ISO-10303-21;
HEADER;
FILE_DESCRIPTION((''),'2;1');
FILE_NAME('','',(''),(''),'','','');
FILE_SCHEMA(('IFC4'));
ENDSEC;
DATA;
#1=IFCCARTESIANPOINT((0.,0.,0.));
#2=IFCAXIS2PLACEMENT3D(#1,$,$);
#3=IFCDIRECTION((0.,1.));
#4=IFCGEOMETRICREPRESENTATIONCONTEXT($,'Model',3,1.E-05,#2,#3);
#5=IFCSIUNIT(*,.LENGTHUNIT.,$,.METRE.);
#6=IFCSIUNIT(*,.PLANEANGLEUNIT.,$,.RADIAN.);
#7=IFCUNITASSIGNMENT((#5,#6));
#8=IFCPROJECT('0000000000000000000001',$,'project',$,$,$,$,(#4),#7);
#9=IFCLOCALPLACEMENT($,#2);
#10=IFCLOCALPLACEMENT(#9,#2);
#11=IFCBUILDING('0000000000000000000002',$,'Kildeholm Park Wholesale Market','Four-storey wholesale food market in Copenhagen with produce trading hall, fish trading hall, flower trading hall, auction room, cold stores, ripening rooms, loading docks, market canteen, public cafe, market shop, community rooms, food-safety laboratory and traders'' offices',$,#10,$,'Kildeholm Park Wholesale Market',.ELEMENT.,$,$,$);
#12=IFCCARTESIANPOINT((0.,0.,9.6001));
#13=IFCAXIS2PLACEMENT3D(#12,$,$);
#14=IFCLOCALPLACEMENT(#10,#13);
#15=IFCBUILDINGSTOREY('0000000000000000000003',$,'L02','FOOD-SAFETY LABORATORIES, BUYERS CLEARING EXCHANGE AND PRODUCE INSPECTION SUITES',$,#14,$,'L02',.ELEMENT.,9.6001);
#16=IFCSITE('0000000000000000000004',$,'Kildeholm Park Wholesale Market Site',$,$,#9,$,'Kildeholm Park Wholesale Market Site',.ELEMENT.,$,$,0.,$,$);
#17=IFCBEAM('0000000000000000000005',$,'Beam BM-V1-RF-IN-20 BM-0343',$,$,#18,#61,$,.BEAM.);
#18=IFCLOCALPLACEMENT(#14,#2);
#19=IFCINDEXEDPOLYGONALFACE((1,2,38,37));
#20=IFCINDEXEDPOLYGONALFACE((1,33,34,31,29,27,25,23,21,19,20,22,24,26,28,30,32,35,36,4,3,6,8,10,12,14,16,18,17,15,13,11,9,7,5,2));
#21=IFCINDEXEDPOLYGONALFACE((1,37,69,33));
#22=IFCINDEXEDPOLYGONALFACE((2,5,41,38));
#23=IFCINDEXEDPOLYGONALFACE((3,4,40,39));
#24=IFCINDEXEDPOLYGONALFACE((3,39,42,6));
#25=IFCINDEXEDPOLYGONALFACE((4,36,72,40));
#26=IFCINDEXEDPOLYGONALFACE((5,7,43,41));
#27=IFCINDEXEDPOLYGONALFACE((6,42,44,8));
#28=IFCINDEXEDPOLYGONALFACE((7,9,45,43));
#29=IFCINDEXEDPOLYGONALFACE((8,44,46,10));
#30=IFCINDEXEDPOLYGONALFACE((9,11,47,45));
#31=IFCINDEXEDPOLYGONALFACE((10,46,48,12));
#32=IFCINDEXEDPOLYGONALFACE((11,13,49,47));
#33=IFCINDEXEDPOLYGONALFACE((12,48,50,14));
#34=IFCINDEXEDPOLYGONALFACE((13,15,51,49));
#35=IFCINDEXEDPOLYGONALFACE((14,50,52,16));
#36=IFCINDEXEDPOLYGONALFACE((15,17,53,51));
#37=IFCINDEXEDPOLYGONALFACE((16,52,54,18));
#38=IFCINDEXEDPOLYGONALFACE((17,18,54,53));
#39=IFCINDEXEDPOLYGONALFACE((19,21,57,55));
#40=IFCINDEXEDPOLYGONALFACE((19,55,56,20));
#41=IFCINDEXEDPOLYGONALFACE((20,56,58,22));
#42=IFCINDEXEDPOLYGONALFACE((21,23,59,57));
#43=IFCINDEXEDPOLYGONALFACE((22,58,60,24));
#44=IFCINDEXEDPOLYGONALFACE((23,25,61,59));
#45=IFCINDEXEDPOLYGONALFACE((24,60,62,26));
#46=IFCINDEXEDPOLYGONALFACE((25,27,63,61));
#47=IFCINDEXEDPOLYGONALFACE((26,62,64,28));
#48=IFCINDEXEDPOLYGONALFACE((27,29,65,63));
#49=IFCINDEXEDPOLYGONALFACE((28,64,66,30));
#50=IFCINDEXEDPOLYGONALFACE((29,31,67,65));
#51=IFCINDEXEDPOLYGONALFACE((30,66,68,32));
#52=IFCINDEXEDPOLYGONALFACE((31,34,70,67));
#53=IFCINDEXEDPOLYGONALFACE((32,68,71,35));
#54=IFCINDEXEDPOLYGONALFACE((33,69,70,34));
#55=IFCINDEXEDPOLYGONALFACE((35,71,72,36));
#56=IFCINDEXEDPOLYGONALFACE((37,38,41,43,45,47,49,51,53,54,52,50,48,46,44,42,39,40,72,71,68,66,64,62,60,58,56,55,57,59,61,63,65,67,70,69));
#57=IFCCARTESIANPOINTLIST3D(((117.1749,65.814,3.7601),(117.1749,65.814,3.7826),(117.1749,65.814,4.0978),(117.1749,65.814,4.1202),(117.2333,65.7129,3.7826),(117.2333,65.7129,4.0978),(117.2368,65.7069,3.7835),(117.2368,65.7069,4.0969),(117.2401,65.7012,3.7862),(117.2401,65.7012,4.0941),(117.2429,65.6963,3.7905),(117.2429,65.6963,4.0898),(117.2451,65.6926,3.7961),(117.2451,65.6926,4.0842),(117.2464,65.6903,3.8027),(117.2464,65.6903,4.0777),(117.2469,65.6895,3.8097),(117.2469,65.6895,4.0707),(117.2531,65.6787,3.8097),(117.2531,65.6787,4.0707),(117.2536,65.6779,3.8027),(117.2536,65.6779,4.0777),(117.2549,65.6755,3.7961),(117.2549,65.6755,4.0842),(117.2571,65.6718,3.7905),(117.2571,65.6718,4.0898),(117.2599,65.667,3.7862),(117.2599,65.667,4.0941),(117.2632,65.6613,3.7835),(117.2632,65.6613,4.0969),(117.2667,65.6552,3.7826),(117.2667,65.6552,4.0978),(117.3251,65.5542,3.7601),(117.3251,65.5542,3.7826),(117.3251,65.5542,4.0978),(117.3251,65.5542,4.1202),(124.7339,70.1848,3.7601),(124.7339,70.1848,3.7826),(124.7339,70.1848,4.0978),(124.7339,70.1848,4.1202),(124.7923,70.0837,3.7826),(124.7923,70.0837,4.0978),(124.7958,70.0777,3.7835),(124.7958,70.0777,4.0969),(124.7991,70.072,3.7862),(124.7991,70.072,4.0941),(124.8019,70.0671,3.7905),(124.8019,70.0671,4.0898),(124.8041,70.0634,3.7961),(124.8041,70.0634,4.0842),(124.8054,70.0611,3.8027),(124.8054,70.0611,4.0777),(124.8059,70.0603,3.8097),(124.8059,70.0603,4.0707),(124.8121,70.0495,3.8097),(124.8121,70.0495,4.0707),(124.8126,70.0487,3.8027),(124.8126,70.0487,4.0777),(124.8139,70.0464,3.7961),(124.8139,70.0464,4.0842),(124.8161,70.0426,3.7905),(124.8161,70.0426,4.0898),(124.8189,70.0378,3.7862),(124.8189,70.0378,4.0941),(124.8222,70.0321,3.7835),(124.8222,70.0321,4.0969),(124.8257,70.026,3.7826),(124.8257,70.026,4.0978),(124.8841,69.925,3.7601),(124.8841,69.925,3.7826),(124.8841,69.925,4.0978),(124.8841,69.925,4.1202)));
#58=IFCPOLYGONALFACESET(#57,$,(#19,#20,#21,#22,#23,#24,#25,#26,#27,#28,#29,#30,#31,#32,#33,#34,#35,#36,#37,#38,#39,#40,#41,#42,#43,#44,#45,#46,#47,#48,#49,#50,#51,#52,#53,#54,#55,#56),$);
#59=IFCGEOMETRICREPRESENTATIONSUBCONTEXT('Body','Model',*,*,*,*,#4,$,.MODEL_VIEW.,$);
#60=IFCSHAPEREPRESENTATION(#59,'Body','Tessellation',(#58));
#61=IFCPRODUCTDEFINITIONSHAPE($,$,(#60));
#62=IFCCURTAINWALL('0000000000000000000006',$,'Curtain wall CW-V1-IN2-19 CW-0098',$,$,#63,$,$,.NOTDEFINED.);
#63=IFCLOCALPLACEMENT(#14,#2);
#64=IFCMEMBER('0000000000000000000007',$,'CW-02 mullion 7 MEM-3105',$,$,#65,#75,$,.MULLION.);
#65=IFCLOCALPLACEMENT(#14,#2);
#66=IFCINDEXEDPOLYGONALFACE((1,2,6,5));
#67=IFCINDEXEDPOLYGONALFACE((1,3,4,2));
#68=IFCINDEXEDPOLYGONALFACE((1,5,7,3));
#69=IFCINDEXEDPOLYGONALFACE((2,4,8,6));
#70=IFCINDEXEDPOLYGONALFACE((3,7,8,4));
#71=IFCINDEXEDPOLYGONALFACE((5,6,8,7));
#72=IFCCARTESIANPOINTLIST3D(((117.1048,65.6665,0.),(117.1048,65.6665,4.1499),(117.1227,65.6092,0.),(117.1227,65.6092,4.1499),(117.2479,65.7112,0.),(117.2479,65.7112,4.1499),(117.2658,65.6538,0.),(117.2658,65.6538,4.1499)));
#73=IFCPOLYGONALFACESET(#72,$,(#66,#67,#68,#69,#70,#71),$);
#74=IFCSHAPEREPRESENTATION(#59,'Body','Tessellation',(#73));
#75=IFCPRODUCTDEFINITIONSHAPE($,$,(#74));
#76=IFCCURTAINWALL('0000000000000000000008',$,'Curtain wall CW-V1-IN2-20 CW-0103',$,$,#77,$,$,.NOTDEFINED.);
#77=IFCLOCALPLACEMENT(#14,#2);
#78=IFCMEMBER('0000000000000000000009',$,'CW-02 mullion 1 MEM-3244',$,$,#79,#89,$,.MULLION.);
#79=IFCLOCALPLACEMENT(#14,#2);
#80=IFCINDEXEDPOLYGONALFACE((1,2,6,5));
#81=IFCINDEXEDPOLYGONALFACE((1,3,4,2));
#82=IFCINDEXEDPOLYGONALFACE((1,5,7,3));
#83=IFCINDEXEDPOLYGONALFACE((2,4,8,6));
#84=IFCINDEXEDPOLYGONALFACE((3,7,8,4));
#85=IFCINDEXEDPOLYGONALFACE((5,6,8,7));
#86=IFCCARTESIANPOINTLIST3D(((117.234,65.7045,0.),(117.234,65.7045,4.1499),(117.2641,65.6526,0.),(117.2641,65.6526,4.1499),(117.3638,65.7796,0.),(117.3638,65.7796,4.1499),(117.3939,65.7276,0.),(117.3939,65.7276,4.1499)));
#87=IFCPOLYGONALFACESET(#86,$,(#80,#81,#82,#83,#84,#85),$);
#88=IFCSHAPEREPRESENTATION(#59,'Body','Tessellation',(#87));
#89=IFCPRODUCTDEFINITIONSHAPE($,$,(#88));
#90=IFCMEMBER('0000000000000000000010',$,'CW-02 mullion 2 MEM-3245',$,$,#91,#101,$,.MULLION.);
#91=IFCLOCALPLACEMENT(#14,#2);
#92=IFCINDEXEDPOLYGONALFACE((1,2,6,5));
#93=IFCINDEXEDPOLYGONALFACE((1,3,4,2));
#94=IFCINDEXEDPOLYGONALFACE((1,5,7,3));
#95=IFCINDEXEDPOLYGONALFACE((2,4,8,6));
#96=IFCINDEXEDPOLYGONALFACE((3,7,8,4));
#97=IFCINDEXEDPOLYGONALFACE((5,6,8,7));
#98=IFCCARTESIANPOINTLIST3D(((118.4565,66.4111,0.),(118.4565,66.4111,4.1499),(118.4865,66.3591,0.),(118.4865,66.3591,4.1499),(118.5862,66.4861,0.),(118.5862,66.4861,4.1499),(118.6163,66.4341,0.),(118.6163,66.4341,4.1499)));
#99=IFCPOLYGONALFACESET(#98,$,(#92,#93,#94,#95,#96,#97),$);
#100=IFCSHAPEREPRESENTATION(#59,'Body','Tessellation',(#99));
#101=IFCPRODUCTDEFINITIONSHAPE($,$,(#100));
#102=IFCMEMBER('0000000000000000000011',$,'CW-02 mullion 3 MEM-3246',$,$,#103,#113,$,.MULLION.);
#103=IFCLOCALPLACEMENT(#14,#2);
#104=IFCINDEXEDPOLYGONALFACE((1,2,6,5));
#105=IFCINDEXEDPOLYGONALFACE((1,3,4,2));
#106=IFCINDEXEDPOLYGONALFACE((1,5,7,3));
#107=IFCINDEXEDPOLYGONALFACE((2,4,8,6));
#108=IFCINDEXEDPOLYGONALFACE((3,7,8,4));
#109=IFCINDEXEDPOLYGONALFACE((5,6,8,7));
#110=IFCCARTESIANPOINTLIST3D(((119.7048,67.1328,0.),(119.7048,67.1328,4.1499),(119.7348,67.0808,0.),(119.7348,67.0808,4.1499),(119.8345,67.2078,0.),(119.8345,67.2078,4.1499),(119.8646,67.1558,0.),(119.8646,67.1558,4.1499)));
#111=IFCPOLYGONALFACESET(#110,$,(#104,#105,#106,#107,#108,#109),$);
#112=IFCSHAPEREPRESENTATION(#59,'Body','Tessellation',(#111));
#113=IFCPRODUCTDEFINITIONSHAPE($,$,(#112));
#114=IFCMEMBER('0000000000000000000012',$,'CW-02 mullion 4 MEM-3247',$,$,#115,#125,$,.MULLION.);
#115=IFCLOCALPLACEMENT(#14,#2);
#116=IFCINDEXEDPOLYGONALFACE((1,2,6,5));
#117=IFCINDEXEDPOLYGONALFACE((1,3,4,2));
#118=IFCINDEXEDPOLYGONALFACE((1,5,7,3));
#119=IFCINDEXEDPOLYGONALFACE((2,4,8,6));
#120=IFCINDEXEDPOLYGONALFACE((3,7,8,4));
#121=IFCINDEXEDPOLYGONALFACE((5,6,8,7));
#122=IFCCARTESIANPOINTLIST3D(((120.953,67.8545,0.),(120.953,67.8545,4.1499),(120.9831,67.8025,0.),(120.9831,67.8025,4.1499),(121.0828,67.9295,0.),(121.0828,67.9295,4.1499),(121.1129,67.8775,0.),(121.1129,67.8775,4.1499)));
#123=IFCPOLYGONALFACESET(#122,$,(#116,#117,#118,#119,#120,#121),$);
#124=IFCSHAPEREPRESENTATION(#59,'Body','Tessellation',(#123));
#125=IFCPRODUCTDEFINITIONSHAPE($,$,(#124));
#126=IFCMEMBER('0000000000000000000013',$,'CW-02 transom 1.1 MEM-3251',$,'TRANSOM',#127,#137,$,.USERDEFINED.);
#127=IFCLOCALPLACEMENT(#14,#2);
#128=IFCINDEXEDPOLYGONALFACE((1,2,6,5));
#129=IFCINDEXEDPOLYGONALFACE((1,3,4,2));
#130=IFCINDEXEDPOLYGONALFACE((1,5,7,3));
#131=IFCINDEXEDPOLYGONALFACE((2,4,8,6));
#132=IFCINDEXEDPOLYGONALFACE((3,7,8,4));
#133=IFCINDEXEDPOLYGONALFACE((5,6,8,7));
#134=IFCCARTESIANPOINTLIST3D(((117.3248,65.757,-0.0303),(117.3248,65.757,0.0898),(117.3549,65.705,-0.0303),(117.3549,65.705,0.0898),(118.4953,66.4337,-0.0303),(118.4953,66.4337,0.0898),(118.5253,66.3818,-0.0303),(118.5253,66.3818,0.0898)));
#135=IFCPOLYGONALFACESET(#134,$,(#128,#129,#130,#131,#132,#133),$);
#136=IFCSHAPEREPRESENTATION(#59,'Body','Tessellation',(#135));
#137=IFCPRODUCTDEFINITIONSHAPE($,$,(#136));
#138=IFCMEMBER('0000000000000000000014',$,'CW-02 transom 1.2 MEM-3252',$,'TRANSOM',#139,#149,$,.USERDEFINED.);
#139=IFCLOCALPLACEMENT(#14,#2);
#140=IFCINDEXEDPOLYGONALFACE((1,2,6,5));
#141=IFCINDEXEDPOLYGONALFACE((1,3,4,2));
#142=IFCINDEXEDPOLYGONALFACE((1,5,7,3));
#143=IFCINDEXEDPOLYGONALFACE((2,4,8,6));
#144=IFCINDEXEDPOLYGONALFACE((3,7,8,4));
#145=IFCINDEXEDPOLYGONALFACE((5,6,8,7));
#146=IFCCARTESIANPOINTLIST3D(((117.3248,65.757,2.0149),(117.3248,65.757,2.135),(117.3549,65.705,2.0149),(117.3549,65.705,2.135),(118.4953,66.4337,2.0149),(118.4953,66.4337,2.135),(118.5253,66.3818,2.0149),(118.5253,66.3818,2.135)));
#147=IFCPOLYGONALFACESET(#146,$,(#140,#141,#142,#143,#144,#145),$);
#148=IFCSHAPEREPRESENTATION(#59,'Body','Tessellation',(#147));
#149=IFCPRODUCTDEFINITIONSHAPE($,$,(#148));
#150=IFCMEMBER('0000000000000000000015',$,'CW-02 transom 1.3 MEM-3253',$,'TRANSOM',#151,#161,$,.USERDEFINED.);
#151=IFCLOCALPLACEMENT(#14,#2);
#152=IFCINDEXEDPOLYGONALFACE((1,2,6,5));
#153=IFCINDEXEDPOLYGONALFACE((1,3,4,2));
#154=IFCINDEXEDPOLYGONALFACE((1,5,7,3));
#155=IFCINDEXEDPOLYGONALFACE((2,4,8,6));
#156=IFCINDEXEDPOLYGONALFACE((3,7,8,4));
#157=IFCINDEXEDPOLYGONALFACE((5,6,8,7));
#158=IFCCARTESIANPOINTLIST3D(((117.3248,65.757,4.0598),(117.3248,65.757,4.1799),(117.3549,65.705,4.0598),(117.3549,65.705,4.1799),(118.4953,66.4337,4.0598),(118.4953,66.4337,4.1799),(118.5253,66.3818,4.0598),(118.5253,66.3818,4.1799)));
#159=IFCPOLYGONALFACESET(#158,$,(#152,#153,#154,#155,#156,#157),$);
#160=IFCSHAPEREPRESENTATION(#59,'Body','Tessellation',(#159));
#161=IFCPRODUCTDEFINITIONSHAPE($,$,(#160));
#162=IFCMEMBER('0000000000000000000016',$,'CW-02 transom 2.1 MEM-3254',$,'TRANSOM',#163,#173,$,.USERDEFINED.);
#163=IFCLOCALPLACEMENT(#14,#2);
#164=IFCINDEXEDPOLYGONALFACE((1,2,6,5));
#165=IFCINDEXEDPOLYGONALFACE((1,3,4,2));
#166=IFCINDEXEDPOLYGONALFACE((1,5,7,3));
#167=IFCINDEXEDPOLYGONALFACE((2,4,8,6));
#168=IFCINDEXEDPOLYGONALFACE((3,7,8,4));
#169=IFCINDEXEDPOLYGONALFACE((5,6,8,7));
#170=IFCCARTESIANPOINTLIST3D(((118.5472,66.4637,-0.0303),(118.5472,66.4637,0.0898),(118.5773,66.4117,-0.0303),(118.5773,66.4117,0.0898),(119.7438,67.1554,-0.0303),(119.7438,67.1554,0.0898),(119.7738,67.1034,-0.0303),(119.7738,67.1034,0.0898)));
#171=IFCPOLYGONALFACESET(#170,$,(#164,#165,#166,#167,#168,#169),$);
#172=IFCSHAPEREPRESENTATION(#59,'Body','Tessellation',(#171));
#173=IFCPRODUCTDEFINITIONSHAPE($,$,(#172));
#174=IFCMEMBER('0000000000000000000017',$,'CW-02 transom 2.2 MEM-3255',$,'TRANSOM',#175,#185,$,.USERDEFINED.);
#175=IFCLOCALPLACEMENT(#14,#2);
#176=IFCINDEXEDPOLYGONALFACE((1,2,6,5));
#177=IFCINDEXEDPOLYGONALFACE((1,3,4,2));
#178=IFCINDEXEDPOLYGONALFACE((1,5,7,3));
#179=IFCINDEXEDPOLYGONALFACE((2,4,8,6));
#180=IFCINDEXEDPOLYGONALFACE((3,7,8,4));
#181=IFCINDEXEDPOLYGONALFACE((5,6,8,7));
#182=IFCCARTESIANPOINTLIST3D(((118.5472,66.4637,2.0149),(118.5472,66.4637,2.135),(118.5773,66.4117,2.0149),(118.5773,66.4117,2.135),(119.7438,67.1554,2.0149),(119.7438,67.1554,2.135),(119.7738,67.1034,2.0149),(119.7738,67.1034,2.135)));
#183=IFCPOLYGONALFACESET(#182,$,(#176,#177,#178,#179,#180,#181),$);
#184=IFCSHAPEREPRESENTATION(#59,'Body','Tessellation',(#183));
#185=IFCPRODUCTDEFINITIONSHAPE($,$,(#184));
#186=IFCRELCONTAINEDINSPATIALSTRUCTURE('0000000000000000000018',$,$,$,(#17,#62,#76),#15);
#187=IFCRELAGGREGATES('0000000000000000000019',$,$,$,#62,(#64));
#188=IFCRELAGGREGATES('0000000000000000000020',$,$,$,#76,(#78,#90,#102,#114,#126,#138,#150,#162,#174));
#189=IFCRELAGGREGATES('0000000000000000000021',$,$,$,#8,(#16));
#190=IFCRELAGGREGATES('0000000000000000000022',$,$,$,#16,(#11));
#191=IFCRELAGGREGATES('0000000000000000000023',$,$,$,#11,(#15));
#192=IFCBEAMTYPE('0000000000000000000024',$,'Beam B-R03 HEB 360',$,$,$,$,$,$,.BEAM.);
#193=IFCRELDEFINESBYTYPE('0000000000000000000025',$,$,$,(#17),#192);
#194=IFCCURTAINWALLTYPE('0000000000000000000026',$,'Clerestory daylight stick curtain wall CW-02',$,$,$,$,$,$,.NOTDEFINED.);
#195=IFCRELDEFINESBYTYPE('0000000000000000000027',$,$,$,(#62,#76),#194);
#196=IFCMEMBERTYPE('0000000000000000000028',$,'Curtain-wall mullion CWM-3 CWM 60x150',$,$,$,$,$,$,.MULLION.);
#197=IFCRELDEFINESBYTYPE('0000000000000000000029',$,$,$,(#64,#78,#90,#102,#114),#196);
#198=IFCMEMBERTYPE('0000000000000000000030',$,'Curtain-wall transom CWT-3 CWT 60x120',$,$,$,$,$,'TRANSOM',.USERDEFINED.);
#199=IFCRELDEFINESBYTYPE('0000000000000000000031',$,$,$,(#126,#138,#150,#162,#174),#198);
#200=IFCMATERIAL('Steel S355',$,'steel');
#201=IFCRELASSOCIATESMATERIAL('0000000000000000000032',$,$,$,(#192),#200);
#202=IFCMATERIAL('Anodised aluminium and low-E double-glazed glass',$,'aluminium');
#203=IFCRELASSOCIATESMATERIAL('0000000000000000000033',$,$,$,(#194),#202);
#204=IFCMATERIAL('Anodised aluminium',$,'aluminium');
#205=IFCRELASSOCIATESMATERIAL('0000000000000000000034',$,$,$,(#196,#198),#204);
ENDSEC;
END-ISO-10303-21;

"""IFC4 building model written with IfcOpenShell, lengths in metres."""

from ifc_helpers import new_model, si_unit, direction, frame, origin, origin_2d, place, context, subcontext, project, spatial, rectangle, i_section, extrude, material, material_profile, profile_set, type_object, element, aggregate, save


model = new_model("IFC4")

# Units and contexts
model_context = context("Model", 3, precision=1e-05, world=origin(), true_north=direction((0.0, 1.0)))
body_context = subcontext(model_context, "Body", "Model", "MODEL_VIEW")
ifc_project = project(units=[si_unit("LENGTHUNIT", "METRE"), si_unit("PLANEANGLEUNIT", "RADIAN")], contexts=[model_context])

# Site, building, storey
site_placement = place(None, origin())
site = spatial("IfcSite", under=ifc_project, at=site_placement, Name="Kildeholm Park Wholesale Market Site", LongName="Kildeholm Park Wholesale Market Site", CompositionType="ELEMENT", RefElevation=0.0)
building_placement = place(site_placement, origin())
building = spatial("IfcBuilding", under=site, at=building_placement, Name="Kildeholm Park Wholesale Market", Description="Four-storey wholesale food market in Copenhagen with produce trading hall, fish trading hall, flower trading hall, auction room, cold stores, ripening rooms, loading docks, market canteen, public cafe, market shop, community rooms, food-safety laboratory and traders' offices", LongName="Kildeholm Park Wholesale Market", CompositionType="ELEMENT")
storey_placement = place(building_placement, frame((0.0, 0.0, 9.6001)))
storey = spatial("IfcBuildingStorey", under=building, at=storey_placement, Name="L02", Description="FOOD-SAFETY LABORATORIES, BUYERS CLEARING EXCHANGE AND PRODUCE INSPECTION SUITES", LongName="L02", CompositionType="ELEMENT", Elevation=9.6001)

# Shared definitions
ifc_material_1 = material(Name="Steel S355", Category="steel")

# Beam
ifc_material_profile_1 = material_profile(ifc_material_1, i_section(OverallWidth=0.3, OverallDepth=0.3601, WebThickness=0.0125, FlangeThickness=0.0225, FilletRadius=0.0271, at=origin_2d()), Name="HEB 360")
ifc_profile_set_1 = profile_set([ifc_material_profile_1], Name="Steel S355")
beam_type_1 = type_object("IfcBeamType", Name="Beam B-R03 HEB 360", PredefinedType="BEAM", material=ifc_profile_set_1)
beam_1_placement = place(storey_placement, frame((117.25, 65.6841, 3.9402), z_axis=(0.865697, 0.500568, 0.0), x_axis=(-0.500568, 0.865697, 0.0)))
element("IfcBeam", 1, at=beam_1_placement, inside=storey, type_object=beam_type_1, Name="Beam BM-V1-RF-IN-20 BM-0343", PredefinedType="BEAM", context=body_context, shape_type="SweptSolid", body=[
    extrude(i_section(OverallWidth=0.3, OverallDepth=0.3601, WebThickness=0.0125, FlangeThickness=0.0225, FilletRadius=0.0271, at=origin_2d()), origin(), (0.0, 0.0, 1.0), 8.7317),
])

# Curtain wall, member
ifc_material_2 = material(Name="Anodised aluminium and low-E double-glazed glass", Category="aluminium")
curtain_wall_type = type_object("IfcCurtainWallType", Name="Clerestory daylight stick curtain wall CW-02", PredefinedType="NOTDEFINED", material=ifc_material_2)
curtain_wall_1_placement = place(storey_placement, origin())
curtain_wall_1 = element("IfcCurtainWall", 2, at=curtain_wall_1_placement, inside=storey, type_object=curtain_wall_type, Name="Curtain wall CW-V1-IN2-19 CW-0098", PredefinedType="NOTDEFINED")
ifc_material_3 = material(Name="Anodised aluminium", Category="aluminium")
ifc_material_profile_2 = material_profile(ifc_material_3, rectangle(XDim=0.0601, YDim=0.1499, at=origin_2d()), Name="CWM 60x150")
ifc_profile_set_2 = profile_set([ifc_material_profile_2], Name="Anodised aluminium")
member_type_1 = type_object("IfcMemberType", Name="Curtain-wall mullion CWM-3 CWM 60x150", PredefinedType="MULLION", material=ifc_profile_set_2)
member_1_placement = place(storey_placement, frame((117.1853, 65.6602, 0.0), z_axis=(0.0, 0.0, 1.0), x_axis=(-0.297957, 0.954579, 0.0)))
member_1 = element("IfcMember", 3, at=member_1_placement, type_object=member_type_1, Name="CW-02 mullion 7 MEM-3105", PredefinedType="MULLION", context=body_context, shape_type="SweptSolid", body=[
    extrude(rectangle(XDim=0.0601, YDim=0.1499, at=origin_2d()), origin(), (0.0, 0.0, 1.0), 4.1499),
])

# Curtain wall, members
curtain_wall_2_placement = place(storey_placement, origin())
curtain_wall_2 = element("IfcCurtainWall", 4, at=curtain_wall_2_placement, inside=storey, type_object=curtain_wall_type, Name="Curtain wall CW-V1-IN2-20 CW-0103", PredefinedType="NOTDEFINED")
member_2_placement = place(storey_placement, frame((117.314, 65.7161, 0.0), z_axis=(0.0, 0.0, 1.0), x_axis=(-0.500489, 0.865743, 0.0)))
member_2 = element("IfcMember", 5, at=member_2_placement, type_object=member_type_1, Name="CW-02 mullion 1 MEM-3244", PredefinedType="MULLION", context=body_context, shape_type="SweptSolid", body=[
    extrude(rectangle(XDim=0.0601, YDim=0.1499, at=origin_2d()), origin(), (0.0, 0.0, 1.0), 4.1499),
])
member_3_placement = place(storey_placement, frame((118.5364, 66.4226, 0.0), z_axis=(0.0, 0.0, 1.0), x_axis=(-0.500489, 0.865743, 0.0)))
member_3 = element("IfcMember", 6, at=member_3_placement, type_object=member_type_1, Name="CW-02 mullion 2 MEM-3245", PredefinedType="MULLION", context=body_context, shape_type="SweptSolid", body=[
    extrude(rectangle(XDim=0.0601, YDim=0.1499, at=origin_2d()), origin(), (0.0, 0.0, 1.0), 4.1499),
])
member_4_placement = place(storey_placement, frame((119.7847, 67.1443, 0.0), z_axis=(0.0, 0.0, 1.0), x_axis=(-0.500489, 0.865743, 0.0)))
member_4 = element("IfcMember", 7, at=member_4_placement, type_object=member_type_1, Name="CW-02 mullion 3 MEM-3246", PredefinedType="MULLION", context=body_context, shape_type="SweptSolid", body=[
    extrude(rectangle(XDim=0.0601, YDim=0.1499, at=origin_2d()), origin(), (0.0, 0.0, 1.0), 4.1499),
])
member_5_placement = place(storey_placement, frame((121.033, 67.866, 0.0), z_axis=(0.0, 0.0, 1.0), x_axis=(-0.500489, 0.865743, 0.0)))
member_5 = element("IfcMember", 8, at=member_5_placement, type_object=member_type_1, Name="CW-02 mullion 4 MEM-3247", PredefinedType="MULLION", context=body_context, shape_type="SweptSolid", body=[
    extrude(rectangle(XDim=0.0601, YDim=0.1499, at=origin_2d()), origin(), (0.0, 0.0, 1.0), 4.1499),
])
ifc_material_profile_3 = material_profile(ifc_material_3, rectangle(XDim=0.0601, YDim=0.1201, at=origin_2d()), Name="CWT 60x120")
ifc_profile_set_3 = profile_set([ifc_material_profile_3], Name="Anodised aluminium")
member_type_2 = type_object("IfcMemberType", Name="Curtain-wall transom CWT-3 CWT 60x120", ElementType="TRANSOM", PredefinedType="USERDEFINED", material=ifc_profile_set_3)
member_6_placement = place(storey_placement, frame((117.3398, 65.731, 0.0298), z_axis=(0.865698, 0.500566, 0.0), x_axis=(-0.500566, 0.865698, 0.0)))
member_6 = element("IfcMember", 9, at=member_6_placement, type_object=member_type_2, Name="CW-02 transom 1.1 MEM-3251", ObjectType="TRANSOM", PredefinedType="USERDEFINED", context=body_context, shape_type="SweptSolid", body=[
    extrude(rectangle(XDim=0.0601, YDim=0.1201, at=origin_2d()), origin(), (0.0, 0.0, 1.0), 1.3521),
])
member_7_placement = place(storey_placement, frame((117.3398, 65.731, 2.075), z_axis=(0.865698, 0.500566, 0.0), x_axis=(-0.500566, 0.865698, 0.0)))
member_7 = element("IfcMember", 10, at=member_7_placement, type_object=member_type_2, Name="CW-02 transom 1.2 MEM-3252", ObjectType="TRANSOM", PredefinedType="USERDEFINED", context=body_context, shape_type="SweptSolid", body=[
    extrude(rectangle(XDim=0.0601, YDim=0.1201, at=origin_2d()), origin(), (0.0, 0.0, 1.0), 1.3521),
])
member_8_placement = place(storey_placement, frame((117.3398, 65.731, 4.1199), z_axis=(0.865698, 0.500566, 0.0), x_axis=(-0.500566, 0.865698, 0.0)))
member_8 = element("IfcMember", 11, at=member_8_placement, type_object=member_type_2, Name="CW-02 transom 1.3 MEM-3253", ObjectType="TRANSOM", PredefinedType="USERDEFINED", context=body_context, shape_type="SweptSolid", body=[
    extrude(rectangle(XDim=0.0601, YDim=0.1201, at=origin_2d()), origin(), (0.0, 0.0, 1.0), 1.3521),
])
member_9_placement = place(storey_placement, frame((118.5623, 66.4377, 0.0298), z_axis=(0.865765, 0.500451, 0.0), x_axis=(-0.500451, 0.865765, 0.0)))
member_9 = element("IfcMember", 12, at=member_9_placement, type_object=member_type_2, Name="CW-02 transom 2.1 MEM-3254", ObjectType="TRANSOM", PredefinedType="USERDEFINED", context=body_context, shape_type="SweptSolid", body=[
    extrude(rectangle(XDim=0.0601, YDim=0.1201, at=origin_2d()), origin(), (0.0, 0.0, 1.0), 1.3821),
])
member_10_placement = place(storey_placement, frame((118.5623, 66.4377, 2.075), z_axis=(0.865765, 0.500451, 0.0), x_axis=(-0.500451, 0.865765, 0.0)))
member_10 = element("IfcMember", 13, at=member_10_placement, type_object=member_type_2, Name="CW-02 transom 2.2 MEM-3255", ObjectType="TRANSOM", PredefinedType="USERDEFINED", context=body_context, shape_type="SweptSolid", body=[
    extrude(rectangle(XDim=0.0601, YDim=0.1201, at=origin_2d()), origin(), (0.0, 0.0, 1.0), 1.3821),
])

aggregate(curtain_wall_1, [member_1])
aggregate(curtain_wall_2, [member_2, member_3, member_4, member_5, member_6, member_7, member_8, member_9, member_10])

save(model, "model.ifc")
